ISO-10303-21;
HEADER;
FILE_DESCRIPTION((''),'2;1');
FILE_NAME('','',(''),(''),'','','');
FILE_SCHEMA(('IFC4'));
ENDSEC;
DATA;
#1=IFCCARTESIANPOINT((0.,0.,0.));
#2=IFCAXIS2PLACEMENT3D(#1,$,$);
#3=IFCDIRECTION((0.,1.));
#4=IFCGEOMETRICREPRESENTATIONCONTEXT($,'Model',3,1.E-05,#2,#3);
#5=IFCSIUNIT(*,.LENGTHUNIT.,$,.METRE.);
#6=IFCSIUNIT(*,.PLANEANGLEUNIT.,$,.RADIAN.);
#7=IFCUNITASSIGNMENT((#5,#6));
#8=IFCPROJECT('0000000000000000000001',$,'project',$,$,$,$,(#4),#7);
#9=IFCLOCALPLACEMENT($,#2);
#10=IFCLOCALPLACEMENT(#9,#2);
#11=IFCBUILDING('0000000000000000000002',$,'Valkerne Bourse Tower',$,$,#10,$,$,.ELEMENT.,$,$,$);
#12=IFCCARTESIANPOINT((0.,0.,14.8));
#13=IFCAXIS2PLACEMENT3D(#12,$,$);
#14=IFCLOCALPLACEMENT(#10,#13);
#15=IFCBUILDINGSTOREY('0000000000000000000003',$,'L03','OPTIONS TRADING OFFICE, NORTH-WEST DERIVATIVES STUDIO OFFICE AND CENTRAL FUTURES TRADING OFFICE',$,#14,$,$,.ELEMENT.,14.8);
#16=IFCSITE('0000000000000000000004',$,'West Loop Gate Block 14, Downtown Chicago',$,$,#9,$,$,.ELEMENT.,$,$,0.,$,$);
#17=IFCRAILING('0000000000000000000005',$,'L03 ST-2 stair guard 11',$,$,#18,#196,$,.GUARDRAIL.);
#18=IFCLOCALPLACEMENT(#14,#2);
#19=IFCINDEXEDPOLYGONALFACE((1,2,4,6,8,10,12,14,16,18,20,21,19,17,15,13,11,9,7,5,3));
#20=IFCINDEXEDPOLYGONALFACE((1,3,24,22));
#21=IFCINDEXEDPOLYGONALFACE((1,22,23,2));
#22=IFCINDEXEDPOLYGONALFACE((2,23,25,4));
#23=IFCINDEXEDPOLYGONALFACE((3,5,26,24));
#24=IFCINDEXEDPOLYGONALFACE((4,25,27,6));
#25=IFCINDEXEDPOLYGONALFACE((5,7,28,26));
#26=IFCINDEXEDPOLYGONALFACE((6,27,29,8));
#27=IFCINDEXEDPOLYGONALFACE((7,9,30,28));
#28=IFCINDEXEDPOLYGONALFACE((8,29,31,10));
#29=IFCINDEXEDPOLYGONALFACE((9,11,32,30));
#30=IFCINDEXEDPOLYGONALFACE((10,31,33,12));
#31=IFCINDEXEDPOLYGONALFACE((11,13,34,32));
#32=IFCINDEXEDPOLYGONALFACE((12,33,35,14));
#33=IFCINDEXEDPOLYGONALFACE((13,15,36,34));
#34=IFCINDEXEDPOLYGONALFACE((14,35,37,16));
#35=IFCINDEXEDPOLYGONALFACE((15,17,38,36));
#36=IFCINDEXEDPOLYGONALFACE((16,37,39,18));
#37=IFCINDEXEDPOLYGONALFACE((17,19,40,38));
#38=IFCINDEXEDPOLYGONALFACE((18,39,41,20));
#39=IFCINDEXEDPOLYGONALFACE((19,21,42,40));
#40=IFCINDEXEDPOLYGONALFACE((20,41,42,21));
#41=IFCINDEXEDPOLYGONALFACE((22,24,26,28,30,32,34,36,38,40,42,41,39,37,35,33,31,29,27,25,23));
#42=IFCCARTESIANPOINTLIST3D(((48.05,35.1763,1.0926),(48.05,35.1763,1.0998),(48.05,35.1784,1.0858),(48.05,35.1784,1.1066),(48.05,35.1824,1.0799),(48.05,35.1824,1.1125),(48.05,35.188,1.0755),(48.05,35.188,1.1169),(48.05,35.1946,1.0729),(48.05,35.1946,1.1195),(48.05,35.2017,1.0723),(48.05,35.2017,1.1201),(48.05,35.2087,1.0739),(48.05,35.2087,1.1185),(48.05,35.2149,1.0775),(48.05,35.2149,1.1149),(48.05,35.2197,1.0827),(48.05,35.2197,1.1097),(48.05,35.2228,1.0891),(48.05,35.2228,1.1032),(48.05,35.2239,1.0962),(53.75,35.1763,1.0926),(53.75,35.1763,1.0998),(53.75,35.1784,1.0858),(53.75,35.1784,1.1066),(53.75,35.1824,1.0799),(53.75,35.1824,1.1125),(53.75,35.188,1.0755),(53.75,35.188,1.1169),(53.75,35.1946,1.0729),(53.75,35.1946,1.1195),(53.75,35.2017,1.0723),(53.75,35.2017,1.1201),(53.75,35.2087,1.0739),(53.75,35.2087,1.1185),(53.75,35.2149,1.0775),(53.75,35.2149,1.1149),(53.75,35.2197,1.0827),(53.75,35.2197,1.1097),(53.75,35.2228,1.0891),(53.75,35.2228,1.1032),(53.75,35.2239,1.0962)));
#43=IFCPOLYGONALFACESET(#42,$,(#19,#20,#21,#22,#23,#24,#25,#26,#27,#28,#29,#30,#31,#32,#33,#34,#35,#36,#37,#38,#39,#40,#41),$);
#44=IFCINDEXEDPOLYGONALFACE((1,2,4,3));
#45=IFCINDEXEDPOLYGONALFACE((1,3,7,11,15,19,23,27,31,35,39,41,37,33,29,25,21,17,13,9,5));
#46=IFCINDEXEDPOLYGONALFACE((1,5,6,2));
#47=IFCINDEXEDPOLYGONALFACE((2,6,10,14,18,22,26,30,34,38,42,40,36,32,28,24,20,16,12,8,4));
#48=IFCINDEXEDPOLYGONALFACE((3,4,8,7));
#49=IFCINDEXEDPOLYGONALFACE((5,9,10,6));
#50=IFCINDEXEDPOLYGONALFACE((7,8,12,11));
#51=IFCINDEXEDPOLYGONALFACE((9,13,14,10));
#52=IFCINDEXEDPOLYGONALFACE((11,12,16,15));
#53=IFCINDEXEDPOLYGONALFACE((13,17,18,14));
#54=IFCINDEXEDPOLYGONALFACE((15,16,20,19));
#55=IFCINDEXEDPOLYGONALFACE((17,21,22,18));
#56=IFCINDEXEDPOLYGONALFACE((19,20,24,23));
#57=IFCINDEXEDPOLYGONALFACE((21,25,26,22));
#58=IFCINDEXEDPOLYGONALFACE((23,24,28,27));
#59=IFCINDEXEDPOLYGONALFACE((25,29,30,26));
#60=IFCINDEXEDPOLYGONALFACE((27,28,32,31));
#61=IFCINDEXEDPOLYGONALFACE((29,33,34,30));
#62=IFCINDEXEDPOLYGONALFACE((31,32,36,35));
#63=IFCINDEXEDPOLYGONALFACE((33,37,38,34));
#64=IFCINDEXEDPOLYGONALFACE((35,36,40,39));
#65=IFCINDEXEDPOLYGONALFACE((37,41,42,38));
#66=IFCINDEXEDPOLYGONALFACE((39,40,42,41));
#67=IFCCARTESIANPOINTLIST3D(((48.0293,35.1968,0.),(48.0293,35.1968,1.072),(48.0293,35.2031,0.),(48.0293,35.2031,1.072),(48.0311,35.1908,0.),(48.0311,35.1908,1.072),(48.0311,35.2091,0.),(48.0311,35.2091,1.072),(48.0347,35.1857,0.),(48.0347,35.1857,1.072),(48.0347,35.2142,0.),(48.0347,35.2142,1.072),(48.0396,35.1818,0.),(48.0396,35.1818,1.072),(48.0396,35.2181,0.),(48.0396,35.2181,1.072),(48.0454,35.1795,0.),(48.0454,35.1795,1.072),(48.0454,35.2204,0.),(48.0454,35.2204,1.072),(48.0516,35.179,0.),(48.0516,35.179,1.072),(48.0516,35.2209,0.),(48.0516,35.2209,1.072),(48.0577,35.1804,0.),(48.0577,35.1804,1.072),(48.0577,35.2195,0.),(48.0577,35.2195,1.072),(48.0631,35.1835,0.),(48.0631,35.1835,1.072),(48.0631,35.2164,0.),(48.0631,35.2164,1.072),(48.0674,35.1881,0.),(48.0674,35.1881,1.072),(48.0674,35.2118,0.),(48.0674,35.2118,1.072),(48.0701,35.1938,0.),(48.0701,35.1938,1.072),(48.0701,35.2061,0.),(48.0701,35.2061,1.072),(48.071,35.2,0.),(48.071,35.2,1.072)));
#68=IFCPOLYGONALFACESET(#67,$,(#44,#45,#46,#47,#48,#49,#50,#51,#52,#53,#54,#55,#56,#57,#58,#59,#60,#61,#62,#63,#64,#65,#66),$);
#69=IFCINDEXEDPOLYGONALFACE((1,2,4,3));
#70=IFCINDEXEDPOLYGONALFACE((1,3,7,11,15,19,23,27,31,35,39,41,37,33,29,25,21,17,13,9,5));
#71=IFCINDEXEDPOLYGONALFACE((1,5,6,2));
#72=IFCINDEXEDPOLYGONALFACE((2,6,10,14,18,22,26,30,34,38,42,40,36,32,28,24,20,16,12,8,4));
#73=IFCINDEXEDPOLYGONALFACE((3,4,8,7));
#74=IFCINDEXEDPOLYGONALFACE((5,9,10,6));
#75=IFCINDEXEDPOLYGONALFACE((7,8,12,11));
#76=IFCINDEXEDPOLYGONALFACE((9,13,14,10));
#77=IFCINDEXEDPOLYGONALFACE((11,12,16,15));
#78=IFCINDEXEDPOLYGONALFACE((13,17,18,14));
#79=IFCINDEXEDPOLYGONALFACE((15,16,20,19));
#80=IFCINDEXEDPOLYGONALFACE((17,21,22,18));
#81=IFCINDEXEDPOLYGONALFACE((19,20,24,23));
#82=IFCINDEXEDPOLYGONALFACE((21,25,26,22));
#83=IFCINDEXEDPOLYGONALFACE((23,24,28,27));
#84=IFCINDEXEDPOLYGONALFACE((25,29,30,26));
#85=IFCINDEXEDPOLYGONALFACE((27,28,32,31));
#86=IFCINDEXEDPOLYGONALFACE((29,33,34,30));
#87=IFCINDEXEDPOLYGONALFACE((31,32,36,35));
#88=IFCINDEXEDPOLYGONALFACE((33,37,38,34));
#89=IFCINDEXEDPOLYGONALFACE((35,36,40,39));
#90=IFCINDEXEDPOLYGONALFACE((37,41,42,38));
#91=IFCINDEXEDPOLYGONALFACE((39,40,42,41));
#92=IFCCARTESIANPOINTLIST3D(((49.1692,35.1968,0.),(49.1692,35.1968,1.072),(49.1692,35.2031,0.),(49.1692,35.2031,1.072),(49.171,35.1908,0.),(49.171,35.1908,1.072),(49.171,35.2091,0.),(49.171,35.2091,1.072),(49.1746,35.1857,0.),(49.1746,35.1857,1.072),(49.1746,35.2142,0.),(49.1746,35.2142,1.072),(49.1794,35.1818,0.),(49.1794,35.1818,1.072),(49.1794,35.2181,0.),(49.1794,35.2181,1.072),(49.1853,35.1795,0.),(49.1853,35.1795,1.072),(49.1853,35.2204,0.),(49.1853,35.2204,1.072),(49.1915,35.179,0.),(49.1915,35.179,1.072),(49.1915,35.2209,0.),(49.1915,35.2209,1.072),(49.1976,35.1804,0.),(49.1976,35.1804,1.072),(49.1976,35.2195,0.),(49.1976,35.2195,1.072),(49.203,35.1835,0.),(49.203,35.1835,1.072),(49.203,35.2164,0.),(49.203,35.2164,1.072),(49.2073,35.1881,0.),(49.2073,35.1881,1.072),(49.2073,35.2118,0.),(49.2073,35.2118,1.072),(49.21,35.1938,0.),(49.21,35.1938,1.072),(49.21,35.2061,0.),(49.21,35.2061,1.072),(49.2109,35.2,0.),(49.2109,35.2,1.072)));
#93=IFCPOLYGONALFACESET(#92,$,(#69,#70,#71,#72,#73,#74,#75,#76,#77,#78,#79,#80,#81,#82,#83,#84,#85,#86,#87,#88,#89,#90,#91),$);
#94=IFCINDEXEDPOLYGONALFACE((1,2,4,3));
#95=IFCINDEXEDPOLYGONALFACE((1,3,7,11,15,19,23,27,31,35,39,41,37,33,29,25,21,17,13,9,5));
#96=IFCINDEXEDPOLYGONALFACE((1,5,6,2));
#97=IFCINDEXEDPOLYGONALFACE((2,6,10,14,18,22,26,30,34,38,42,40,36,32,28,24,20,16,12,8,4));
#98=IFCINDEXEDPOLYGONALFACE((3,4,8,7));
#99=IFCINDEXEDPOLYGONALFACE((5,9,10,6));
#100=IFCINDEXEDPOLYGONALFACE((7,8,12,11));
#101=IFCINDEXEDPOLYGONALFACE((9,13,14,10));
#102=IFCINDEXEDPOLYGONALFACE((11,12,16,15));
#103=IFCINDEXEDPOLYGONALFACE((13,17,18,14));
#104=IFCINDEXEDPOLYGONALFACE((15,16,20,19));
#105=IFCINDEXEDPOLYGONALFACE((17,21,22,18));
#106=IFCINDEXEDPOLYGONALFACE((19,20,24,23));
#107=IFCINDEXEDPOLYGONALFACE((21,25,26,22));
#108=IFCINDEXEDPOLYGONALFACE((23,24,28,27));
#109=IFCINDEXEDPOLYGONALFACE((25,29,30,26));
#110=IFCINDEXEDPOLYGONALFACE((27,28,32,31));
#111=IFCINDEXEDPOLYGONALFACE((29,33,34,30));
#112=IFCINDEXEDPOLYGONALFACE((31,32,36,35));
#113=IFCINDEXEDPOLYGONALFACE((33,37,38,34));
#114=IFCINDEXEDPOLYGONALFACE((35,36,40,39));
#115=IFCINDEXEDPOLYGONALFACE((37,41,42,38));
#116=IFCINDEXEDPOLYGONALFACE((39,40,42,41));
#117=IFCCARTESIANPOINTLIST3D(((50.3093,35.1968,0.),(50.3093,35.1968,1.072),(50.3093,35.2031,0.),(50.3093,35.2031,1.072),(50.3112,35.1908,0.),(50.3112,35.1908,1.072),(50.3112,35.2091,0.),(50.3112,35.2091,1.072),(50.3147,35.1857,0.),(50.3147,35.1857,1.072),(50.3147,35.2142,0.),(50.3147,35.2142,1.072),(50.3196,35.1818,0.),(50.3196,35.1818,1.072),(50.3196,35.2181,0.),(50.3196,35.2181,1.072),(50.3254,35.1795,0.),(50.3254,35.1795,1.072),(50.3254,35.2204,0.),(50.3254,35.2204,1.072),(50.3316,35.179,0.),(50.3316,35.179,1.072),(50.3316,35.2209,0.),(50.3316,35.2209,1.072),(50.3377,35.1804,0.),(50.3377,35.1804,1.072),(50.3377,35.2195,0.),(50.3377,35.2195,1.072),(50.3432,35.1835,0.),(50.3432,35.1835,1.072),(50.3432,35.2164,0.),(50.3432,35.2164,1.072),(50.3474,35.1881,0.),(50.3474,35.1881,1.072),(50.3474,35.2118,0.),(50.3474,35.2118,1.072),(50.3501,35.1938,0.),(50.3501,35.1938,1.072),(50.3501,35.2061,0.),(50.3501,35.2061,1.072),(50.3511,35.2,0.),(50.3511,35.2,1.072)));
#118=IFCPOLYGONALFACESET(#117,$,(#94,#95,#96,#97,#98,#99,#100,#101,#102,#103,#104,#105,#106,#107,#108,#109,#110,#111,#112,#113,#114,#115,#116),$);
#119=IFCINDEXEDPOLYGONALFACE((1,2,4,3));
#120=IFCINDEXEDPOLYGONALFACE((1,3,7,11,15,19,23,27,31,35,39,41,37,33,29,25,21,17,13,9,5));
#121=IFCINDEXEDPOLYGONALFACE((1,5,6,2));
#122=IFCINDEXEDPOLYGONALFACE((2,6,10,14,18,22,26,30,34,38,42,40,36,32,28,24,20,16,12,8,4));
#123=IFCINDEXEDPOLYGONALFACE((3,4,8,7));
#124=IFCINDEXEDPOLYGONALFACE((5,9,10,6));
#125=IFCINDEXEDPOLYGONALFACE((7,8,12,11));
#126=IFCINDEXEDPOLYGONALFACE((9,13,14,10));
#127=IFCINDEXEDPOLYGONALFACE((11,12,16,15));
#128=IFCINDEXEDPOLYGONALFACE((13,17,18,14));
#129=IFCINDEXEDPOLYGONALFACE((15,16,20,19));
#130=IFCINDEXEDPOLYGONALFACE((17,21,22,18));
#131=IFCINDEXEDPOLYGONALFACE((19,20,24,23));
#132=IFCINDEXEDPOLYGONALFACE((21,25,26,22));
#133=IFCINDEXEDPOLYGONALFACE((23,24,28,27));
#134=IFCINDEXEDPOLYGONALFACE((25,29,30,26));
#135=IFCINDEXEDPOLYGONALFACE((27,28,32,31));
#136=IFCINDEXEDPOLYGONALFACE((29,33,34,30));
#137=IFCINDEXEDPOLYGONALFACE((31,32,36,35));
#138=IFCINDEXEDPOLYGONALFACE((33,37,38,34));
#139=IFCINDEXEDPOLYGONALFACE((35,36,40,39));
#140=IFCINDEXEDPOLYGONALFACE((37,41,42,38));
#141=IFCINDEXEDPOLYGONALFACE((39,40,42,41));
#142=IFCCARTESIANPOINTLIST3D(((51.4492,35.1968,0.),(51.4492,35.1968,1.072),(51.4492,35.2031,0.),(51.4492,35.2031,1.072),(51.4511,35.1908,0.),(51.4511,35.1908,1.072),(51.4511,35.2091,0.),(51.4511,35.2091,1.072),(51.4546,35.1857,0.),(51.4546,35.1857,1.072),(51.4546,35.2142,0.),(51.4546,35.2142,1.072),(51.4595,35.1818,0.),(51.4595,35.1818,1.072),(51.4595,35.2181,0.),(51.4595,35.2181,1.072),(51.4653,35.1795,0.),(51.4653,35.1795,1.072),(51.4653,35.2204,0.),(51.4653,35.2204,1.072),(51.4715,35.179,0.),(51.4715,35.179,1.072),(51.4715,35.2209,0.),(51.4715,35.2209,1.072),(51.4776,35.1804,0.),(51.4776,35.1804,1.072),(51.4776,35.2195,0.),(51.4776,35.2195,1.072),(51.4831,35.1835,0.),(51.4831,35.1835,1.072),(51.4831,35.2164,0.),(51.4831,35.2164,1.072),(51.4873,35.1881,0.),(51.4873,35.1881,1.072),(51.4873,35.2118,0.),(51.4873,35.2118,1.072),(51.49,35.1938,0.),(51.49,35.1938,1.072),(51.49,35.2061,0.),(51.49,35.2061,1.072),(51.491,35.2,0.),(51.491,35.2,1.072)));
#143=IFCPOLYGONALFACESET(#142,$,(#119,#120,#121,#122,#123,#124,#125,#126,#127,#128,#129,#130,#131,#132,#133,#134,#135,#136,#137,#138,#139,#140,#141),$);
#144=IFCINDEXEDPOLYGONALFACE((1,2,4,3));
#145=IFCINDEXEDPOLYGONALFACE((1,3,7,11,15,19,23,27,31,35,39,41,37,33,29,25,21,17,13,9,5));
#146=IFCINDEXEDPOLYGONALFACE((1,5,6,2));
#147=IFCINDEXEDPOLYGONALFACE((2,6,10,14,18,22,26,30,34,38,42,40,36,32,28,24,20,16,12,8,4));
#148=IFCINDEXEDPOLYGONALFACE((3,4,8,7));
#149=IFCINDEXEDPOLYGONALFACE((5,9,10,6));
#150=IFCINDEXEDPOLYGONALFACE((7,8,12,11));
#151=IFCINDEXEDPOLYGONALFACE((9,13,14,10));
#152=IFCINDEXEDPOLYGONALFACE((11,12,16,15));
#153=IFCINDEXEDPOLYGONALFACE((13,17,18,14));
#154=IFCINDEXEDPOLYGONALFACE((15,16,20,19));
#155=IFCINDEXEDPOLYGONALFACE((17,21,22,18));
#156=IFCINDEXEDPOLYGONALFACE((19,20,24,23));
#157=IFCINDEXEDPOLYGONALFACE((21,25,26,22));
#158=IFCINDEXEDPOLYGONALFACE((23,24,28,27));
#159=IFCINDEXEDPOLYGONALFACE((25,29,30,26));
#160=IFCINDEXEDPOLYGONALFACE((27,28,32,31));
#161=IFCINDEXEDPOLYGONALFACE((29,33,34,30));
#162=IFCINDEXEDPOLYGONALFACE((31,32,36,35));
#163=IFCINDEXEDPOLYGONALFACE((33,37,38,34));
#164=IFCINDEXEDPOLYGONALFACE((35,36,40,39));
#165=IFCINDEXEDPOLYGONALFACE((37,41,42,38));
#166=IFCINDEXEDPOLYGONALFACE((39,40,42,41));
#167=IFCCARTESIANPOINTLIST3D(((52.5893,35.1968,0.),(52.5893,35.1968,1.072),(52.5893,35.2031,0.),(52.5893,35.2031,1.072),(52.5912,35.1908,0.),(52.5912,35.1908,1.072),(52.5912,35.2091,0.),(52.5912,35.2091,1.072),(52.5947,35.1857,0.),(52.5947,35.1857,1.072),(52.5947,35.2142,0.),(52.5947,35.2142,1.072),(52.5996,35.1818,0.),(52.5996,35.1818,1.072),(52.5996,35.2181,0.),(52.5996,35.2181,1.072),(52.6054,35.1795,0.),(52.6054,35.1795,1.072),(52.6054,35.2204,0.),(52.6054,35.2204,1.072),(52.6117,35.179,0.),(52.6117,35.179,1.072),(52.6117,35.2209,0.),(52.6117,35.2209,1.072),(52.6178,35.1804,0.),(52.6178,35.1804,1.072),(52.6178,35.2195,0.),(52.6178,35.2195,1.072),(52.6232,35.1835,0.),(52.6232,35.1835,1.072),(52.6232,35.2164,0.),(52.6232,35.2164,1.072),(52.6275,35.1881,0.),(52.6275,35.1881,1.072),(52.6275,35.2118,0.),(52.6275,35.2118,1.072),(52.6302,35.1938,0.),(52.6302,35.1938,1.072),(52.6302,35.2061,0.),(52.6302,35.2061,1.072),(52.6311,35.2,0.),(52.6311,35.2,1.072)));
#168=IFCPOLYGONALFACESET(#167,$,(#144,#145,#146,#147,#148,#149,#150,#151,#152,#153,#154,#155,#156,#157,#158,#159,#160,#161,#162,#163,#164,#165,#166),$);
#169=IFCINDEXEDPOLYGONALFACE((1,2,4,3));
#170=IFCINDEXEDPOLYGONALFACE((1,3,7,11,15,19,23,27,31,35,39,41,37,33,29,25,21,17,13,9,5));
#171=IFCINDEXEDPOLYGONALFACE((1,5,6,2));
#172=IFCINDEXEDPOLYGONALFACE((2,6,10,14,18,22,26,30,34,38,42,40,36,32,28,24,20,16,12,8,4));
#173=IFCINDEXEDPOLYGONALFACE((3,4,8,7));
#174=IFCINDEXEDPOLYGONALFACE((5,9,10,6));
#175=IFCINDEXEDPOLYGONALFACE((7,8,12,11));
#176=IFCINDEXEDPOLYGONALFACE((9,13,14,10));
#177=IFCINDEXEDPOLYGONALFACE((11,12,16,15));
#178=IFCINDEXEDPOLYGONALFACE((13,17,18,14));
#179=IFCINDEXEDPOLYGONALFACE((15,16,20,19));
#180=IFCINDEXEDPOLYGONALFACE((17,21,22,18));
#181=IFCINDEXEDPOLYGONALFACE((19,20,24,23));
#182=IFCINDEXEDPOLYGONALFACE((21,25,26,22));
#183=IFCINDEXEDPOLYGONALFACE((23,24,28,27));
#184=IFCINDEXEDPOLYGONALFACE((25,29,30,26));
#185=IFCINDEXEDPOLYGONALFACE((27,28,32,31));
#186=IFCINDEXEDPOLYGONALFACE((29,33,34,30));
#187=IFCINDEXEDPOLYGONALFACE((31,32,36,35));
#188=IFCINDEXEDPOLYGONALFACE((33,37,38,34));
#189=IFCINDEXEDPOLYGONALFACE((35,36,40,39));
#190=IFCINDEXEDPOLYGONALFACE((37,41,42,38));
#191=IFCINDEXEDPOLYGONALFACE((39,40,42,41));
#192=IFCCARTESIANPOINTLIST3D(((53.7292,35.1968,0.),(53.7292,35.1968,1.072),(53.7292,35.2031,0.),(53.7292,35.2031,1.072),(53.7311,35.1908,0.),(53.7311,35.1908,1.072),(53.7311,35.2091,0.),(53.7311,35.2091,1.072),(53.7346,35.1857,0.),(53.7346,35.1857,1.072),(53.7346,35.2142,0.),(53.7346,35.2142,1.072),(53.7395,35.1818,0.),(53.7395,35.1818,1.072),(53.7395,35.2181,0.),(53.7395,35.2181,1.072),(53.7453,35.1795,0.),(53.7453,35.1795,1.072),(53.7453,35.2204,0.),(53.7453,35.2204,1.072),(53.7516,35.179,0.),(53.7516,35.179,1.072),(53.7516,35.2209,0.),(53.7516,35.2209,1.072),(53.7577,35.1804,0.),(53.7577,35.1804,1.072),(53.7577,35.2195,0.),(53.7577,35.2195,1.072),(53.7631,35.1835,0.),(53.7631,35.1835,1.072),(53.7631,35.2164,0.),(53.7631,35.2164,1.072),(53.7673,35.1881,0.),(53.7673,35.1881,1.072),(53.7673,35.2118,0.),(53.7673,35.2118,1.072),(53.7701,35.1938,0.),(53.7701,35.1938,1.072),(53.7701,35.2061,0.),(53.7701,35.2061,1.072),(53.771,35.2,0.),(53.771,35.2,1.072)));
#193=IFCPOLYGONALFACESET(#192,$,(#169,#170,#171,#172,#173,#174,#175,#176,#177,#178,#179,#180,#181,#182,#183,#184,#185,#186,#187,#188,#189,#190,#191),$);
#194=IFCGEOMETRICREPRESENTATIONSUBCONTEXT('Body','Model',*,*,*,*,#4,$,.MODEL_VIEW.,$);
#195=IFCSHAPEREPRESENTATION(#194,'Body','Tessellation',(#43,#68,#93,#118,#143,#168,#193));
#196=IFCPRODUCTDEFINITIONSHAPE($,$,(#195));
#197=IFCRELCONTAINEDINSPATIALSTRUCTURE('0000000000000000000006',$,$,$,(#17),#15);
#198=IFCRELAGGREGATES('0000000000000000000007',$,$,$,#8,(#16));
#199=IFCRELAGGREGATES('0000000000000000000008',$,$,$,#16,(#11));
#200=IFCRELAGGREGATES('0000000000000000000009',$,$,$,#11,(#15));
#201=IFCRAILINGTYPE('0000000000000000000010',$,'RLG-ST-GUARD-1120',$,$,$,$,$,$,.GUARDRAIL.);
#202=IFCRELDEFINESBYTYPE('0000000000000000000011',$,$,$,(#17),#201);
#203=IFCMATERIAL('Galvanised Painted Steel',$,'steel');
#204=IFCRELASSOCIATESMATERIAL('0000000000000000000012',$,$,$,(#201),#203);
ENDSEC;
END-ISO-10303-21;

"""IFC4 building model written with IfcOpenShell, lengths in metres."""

from ifc_helpers import new_model, si_unit, direction, frame, origin, origin_2d, place, context, subcontext, project, spatial, circle, extrude, material, type_object, element, save


model = new_model("IFC4")

# Units and contexts
model_context = context("Model", 3, precision=1e-05, world=origin(), true_north=direction((0.0, 1.0)))
body_context = subcontext(model_context, "Body", "Model", "MODEL_VIEW")
ifc_project = project(units=[si_unit("LENGTHUNIT", "METRE"), si_unit("PLANEANGLEUNIT", "RADIAN")], contexts=[model_context])

# Site, building, storey
site_placement = place(None, origin())
site = spatial("IfcSite", under=ifc_project, at=site_placement, Name="West Loop Gate Block 14, Downtown Chicago", CompositionType="ELEMENT", RefElevation=0.0)
building_placement = place(site_placement, origin())
building = spatial("IfcBuilding", under=site, at=building_placement, Name="Valkerne Bourse Tower", CompositionType="ELEMENT")
storey_placement = place(building_placement, frame((0.0, 0.0, 14.8)))
storey = spatial("IfcBuildingStorey", under=building, at=storey_placement, Name="L03", Description="OPTIONS TRADING OFFICE, NORTH-WEST DERIVATIVES STUDIO OFFICE AND CENTRAL FUTURES TRADING OFFICE", CompositionType="ELEMENT", Elevation=14.8)

# Railing
ifc_material_1 = material(Name="Galvanised Painted Steel", Category="steel")
railing_type_1 = type_object("IfcRailingType", Name="RLG-ST-GUARD-1120", PredefinedType="GUARDRAIL", material=ifc_material_1)
railing_1_placement = place(storey_placement, frame((48.05, 35.2, 0.0)))
element("IfcRailing", 1, at=railing_1_placement, inside=storey, type_object=railing_type_1, Name="L03 ST-2 stair guard 11", PredefinedType="GUARDRAIL", context=body_context, shape_type="SweptSolid", body=[
    extrude(circle(Radius=0.0239, at=origin_2d()), frame((0.0, 0.0, 1.0962), z_axis=(1.0, 0.0, 0.0), x_axis=(0.0, 1.0, 0.0)), (0.0, 0.0, 1.0), 5.7),
    extrude(circle(Radius=0.021, at=origin_2d()), origin(), (0.0, 0.0, 1.0), 1.072),
    extrude(circle(Radius=0.021, at=origin_2d()), frame((1.1399, 0.0, 0.0)), (0.0, 0.0, 1.0), 1.072),
    extrude(circle(Radius=0.021, at=origin_2d()), frame((2.28, 0.0, 0.0)), (0.0, 0.0, 1.0), 1.072),
    extrude(circle(Radius=0.021, at=origin_2d()), frame((3.4199, 0.0, 0.0)), (0.0, 0.0, 1.0), 1.072),
    extrude(circle(Radius=0.021, at=origin_2d()), frame((4.5601, 0.0, 0.0)), (0.0, 0.0, 1.0), 1.072),
    extrude(circle(Radius=0.021, at=origin_2d()), frame((5.7, 0.0, 0.0)), (0.0, 0.0, 1.0), 1.072),
])

save(model, "model.ifc")
